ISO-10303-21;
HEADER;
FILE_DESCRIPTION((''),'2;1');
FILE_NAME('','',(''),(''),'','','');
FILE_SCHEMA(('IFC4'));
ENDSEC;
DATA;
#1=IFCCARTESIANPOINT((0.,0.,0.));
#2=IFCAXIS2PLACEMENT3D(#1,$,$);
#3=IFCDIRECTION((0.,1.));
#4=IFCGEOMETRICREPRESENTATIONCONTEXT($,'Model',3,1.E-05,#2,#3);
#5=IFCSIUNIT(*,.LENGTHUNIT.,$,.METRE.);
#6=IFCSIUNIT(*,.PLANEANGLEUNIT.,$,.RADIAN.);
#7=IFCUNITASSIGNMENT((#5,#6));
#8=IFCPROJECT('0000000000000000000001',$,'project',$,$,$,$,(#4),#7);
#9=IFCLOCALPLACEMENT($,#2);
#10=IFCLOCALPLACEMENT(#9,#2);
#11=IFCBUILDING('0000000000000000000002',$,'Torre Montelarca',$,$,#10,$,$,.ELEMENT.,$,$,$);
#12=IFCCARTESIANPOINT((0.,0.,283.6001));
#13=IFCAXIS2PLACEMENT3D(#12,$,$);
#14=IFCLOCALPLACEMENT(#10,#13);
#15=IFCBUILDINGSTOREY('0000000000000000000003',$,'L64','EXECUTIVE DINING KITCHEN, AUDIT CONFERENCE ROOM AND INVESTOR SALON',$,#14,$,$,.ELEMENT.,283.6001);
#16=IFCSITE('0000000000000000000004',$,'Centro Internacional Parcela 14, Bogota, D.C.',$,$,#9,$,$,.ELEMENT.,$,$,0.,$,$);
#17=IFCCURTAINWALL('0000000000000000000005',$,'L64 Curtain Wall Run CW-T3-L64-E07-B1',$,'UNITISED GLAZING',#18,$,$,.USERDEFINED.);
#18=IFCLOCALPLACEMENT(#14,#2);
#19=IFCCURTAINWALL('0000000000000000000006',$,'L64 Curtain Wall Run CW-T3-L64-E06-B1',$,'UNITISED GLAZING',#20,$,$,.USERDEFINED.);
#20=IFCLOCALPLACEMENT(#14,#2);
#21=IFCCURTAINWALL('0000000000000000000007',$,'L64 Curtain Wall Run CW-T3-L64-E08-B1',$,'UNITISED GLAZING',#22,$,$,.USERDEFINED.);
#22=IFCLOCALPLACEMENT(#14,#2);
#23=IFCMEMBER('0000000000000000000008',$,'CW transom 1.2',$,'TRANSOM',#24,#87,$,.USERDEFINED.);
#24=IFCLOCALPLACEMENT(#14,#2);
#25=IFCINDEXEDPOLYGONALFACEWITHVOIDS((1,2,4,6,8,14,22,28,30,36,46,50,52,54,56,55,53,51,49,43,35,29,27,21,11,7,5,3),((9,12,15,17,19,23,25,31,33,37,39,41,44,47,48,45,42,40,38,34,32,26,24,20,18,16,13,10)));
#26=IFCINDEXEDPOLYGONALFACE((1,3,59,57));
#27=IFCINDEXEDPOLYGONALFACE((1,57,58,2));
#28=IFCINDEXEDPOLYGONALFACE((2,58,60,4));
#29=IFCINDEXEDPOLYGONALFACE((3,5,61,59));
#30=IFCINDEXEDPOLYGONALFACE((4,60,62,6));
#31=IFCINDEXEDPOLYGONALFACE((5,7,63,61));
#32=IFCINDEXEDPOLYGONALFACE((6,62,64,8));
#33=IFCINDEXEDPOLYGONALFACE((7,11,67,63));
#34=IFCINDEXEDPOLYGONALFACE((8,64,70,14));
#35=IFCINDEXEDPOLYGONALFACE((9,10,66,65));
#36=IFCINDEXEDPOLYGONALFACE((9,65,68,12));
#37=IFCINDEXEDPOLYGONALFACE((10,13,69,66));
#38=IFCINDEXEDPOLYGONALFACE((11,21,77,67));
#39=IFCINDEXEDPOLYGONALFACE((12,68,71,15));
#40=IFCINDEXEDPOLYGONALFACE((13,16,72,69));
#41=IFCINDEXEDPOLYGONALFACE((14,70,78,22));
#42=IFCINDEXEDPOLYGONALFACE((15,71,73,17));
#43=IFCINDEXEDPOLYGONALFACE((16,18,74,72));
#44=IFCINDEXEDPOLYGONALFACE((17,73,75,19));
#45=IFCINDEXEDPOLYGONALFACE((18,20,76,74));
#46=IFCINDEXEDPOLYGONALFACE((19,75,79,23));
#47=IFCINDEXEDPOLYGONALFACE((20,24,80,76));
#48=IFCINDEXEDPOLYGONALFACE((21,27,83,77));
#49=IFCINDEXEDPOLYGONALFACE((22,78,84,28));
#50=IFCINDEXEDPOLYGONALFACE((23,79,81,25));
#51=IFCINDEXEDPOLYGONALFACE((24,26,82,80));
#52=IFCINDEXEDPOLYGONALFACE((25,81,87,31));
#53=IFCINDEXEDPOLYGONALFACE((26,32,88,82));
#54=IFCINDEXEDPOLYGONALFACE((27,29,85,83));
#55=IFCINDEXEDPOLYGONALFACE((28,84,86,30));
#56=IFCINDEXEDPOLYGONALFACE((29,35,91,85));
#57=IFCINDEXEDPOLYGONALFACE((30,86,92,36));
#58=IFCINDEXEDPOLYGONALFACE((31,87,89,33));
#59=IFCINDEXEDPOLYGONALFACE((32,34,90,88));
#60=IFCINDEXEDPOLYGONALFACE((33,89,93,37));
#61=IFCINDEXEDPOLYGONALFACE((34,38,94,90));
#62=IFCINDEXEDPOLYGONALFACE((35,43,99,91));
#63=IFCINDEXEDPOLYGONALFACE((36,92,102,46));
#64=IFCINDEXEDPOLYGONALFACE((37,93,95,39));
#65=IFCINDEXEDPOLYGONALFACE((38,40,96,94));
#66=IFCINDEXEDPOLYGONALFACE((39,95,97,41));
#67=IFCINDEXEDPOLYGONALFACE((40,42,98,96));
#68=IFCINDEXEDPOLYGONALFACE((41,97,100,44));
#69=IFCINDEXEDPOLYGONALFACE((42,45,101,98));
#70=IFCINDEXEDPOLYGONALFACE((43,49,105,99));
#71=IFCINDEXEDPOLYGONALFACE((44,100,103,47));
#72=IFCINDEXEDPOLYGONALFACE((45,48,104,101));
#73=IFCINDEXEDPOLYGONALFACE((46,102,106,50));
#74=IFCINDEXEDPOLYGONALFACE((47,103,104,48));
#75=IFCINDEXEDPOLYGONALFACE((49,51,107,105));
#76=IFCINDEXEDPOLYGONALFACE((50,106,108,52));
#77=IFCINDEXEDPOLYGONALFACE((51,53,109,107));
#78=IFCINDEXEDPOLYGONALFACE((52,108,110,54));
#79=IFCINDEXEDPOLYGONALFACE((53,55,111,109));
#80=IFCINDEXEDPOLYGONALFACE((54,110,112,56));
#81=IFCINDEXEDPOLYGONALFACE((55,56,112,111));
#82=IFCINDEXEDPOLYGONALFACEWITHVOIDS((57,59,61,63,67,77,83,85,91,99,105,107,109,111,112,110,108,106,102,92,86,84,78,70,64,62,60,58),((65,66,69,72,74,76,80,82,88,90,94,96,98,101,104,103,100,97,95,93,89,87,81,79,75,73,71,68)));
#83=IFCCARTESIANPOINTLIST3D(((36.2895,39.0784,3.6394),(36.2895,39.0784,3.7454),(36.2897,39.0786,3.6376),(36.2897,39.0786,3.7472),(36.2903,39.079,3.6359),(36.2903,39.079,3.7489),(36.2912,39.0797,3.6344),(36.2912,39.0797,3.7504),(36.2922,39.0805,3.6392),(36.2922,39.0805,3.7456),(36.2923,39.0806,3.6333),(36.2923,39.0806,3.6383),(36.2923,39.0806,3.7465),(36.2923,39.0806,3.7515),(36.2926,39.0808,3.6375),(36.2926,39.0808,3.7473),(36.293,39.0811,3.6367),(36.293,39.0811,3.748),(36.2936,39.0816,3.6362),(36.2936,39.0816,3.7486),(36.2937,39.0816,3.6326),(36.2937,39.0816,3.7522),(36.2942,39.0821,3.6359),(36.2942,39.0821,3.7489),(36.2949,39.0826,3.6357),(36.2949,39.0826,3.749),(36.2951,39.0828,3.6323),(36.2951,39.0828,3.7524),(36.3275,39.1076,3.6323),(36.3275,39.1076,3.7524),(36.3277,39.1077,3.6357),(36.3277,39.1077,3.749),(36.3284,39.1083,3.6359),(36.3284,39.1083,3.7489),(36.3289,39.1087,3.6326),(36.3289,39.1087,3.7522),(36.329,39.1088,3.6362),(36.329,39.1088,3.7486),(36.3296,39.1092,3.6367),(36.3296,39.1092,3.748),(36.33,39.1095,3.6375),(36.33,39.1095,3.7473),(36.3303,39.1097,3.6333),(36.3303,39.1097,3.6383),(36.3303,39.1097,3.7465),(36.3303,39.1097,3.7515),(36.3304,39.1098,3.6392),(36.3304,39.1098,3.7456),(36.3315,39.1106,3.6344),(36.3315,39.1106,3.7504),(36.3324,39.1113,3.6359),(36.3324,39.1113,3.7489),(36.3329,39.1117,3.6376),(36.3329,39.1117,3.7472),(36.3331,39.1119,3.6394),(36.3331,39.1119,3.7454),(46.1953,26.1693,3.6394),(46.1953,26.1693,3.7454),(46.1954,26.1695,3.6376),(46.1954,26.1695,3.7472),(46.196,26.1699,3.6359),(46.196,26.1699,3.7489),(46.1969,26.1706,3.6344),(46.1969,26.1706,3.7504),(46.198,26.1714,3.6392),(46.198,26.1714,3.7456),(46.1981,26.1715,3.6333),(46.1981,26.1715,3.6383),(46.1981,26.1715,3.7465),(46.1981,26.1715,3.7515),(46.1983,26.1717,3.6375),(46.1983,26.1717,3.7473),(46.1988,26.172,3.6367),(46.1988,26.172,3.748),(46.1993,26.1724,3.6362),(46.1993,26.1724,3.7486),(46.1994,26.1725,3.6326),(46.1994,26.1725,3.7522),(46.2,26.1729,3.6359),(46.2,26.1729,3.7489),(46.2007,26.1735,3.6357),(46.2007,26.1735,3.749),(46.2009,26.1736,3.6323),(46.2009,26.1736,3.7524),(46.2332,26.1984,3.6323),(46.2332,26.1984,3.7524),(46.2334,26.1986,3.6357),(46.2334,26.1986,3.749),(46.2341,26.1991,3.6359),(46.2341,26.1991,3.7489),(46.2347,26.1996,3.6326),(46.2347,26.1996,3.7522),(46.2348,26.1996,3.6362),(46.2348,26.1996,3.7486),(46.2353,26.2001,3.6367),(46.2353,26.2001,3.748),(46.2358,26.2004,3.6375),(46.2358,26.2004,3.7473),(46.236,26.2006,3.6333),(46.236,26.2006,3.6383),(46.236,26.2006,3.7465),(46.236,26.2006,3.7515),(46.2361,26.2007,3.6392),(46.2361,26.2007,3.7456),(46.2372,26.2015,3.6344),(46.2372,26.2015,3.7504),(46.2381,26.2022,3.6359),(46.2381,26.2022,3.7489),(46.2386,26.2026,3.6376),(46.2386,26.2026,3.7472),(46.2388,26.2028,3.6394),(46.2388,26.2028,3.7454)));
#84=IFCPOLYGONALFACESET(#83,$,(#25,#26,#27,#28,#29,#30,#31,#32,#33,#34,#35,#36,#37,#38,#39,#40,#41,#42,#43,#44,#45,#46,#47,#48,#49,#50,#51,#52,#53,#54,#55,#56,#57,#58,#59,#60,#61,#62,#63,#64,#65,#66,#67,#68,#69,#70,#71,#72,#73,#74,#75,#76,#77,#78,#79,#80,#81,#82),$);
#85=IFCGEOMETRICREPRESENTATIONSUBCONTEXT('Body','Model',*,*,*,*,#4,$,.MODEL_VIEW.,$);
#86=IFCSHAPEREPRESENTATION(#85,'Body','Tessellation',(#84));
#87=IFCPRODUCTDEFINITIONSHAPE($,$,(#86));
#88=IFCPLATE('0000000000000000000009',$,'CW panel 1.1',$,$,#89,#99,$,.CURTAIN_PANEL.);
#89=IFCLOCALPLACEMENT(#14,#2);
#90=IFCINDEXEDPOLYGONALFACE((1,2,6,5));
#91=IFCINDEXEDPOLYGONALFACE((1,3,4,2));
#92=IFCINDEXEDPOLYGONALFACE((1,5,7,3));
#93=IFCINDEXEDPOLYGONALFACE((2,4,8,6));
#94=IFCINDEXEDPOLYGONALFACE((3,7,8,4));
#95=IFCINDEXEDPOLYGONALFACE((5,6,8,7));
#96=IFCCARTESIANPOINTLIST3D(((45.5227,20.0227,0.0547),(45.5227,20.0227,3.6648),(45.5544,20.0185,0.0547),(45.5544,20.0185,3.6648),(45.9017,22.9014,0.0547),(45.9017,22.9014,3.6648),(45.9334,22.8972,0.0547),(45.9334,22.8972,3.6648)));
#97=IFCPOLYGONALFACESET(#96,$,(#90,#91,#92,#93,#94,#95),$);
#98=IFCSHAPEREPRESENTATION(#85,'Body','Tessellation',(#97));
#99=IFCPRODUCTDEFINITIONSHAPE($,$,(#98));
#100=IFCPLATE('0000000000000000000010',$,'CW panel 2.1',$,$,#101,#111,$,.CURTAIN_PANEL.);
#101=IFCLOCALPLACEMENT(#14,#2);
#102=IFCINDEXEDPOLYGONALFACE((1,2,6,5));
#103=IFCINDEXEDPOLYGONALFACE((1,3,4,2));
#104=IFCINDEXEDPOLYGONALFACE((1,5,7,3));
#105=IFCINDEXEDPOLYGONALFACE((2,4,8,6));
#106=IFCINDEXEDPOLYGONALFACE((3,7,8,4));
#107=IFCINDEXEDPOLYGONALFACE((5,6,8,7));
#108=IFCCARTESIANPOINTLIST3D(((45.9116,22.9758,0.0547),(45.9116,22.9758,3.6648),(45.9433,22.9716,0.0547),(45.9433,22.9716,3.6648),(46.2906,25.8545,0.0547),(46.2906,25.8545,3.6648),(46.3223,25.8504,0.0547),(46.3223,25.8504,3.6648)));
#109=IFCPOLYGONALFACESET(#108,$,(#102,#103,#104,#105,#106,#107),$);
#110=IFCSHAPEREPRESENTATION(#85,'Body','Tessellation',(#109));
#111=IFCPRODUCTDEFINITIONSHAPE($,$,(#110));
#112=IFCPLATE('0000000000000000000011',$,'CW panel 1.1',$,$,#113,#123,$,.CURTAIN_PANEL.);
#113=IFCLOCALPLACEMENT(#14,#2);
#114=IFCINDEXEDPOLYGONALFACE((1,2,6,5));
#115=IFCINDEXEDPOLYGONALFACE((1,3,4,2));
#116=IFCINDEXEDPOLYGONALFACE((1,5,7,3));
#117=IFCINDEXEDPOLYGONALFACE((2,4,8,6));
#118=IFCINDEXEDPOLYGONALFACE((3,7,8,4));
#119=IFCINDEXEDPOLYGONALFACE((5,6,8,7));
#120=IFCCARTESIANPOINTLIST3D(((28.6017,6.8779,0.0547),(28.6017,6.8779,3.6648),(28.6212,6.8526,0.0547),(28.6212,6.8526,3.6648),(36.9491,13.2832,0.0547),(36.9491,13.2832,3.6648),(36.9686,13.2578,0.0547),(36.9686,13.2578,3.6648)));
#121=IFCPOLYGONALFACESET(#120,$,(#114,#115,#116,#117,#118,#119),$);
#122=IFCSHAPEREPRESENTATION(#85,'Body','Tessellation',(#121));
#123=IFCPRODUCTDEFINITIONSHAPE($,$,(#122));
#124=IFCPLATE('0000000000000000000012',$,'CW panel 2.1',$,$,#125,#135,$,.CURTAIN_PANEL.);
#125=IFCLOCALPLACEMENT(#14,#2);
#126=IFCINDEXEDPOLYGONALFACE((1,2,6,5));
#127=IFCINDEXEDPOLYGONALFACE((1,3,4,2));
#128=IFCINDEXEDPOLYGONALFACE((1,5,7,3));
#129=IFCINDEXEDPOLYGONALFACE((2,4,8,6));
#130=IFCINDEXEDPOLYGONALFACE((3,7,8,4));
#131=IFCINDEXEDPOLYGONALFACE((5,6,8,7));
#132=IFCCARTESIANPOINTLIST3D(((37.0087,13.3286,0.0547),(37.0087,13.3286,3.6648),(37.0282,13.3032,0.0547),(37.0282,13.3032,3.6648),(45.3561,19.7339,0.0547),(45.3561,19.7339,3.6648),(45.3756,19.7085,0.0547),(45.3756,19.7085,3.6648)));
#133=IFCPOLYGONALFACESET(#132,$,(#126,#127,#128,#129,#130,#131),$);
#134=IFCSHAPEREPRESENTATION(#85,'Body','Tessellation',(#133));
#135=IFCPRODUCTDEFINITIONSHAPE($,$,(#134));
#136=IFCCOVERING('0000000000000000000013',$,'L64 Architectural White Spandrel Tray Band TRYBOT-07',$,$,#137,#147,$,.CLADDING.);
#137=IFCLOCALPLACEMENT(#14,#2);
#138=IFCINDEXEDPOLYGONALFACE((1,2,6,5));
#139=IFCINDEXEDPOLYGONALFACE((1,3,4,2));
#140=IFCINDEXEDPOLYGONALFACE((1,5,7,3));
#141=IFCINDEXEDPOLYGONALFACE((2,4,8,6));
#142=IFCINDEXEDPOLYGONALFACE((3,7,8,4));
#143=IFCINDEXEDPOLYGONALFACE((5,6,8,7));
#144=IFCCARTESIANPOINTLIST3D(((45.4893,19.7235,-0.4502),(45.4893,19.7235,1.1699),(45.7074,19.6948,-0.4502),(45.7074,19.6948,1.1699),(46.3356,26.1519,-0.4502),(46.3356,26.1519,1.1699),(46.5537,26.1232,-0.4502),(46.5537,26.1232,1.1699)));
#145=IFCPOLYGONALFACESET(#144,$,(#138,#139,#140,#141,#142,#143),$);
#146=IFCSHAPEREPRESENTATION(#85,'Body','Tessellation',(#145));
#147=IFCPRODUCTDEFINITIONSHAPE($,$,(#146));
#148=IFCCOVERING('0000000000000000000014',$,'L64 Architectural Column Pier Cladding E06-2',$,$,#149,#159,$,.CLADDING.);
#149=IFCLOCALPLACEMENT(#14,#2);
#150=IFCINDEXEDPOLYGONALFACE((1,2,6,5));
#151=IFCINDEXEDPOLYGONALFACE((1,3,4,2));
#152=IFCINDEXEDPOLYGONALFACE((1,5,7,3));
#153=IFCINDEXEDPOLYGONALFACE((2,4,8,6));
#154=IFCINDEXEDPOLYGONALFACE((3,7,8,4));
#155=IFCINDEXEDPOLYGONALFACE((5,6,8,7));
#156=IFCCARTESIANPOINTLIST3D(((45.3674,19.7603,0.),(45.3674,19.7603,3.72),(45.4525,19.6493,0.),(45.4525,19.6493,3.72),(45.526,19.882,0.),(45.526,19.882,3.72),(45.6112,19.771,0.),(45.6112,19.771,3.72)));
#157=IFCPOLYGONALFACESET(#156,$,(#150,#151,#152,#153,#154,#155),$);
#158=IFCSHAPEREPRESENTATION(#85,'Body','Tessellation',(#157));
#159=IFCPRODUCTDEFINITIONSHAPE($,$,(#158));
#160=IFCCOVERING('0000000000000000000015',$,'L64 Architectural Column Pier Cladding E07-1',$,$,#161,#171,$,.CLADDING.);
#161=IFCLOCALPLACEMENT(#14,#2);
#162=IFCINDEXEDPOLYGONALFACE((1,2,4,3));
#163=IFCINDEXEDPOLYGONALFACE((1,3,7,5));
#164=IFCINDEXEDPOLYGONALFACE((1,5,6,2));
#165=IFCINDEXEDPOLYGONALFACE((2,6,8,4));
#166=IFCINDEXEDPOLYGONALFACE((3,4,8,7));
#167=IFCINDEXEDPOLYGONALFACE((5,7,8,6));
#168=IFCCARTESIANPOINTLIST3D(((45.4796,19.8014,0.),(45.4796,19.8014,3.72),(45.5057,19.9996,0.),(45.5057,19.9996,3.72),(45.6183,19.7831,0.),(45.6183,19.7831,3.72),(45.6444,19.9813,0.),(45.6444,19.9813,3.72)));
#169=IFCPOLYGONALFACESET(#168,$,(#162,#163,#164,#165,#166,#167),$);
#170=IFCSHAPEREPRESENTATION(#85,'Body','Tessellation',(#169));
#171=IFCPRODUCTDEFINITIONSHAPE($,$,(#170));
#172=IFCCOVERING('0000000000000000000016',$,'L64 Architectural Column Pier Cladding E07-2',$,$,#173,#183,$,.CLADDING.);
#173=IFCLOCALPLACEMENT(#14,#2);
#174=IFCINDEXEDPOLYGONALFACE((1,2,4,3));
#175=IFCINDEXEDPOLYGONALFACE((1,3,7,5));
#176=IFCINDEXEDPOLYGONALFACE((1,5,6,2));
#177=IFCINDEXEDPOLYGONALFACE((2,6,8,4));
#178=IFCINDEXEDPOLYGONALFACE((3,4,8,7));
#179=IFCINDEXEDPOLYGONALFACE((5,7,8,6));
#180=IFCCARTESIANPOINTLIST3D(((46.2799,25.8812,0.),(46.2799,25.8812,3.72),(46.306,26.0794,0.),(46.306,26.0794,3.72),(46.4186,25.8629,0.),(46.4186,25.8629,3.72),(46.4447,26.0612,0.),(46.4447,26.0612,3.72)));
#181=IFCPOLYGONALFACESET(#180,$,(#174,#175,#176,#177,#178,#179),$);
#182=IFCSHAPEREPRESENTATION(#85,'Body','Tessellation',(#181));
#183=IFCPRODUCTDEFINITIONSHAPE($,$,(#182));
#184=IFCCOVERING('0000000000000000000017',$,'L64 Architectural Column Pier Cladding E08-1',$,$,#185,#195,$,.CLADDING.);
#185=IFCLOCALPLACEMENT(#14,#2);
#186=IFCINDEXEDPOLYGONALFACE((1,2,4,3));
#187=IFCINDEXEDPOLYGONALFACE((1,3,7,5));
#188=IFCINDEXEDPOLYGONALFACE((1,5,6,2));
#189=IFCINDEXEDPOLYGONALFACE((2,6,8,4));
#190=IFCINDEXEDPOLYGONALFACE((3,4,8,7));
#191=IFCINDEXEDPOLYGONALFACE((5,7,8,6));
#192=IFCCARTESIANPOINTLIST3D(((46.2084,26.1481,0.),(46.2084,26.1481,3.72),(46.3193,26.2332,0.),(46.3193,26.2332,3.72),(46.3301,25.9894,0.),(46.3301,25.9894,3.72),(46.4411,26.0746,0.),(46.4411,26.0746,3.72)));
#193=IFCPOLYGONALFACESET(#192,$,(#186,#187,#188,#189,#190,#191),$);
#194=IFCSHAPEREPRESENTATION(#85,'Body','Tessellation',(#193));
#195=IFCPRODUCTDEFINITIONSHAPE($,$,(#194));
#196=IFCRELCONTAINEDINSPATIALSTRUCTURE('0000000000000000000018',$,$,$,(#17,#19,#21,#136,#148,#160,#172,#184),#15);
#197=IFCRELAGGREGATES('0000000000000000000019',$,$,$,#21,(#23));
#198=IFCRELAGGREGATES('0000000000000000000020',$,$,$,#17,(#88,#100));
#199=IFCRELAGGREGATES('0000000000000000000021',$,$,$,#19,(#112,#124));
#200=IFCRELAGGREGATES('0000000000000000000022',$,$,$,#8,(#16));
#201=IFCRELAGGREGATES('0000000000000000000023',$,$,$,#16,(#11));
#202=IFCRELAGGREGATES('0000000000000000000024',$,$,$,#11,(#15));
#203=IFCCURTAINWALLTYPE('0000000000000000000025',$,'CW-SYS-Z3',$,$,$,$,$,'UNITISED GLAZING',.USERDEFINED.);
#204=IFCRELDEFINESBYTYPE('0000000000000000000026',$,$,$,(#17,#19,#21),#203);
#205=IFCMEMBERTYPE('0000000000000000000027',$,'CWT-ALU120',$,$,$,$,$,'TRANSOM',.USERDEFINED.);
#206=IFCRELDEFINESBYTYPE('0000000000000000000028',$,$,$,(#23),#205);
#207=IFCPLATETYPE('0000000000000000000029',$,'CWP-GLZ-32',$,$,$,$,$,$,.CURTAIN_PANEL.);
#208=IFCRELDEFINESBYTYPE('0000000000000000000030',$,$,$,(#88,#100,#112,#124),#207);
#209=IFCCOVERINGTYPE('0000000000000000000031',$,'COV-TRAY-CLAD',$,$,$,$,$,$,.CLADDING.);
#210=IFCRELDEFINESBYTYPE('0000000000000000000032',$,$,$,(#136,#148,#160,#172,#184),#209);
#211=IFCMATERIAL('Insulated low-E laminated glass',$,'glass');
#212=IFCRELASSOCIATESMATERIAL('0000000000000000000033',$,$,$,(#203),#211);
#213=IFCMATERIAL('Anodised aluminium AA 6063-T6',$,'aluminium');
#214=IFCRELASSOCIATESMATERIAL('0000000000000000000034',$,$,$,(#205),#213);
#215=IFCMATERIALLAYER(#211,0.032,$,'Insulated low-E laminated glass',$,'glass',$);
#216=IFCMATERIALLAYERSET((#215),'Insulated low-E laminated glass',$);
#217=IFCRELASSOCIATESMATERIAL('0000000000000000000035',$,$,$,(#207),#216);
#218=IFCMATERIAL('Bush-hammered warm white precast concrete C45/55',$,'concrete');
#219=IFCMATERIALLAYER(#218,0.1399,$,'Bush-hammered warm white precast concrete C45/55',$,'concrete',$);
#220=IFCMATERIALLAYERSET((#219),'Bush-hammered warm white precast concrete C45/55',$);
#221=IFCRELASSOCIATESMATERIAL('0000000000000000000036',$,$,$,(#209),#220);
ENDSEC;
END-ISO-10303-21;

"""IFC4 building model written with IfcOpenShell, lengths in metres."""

from ifc_helpers import new_model, si_unit, direction, frame, origin, origin_2d, place, context, subcontext, project, spatial, rectangle, hollow_rectangle, extrude, source, transform, mapped, material, layer, layer_set, material_profile, profile_set, type_object, element, aggregate, save


model = new_model("IFC4")

# Units and contexts
model_context = context("Model", 3, precision=1e-05, world=origin(), true_north=direction((0.0, 1.0)))
body_context = subcontext(model_context, "Body", "Model", "MODEL_VIEW")
ifc_project = project(units=[si_unit("LENGTHUNIT", "METRE"), si_unit("PLANEANGLEUNIT", "RADIAN")], contexts=[model_context])

# Site, building, storey
site_placement = place(None, origin())
site = spatial("IfcSite", under=ifc_project, at=site_placement, Name="Centro Internacional Parcela 14, Bogota, D.C.", CompositionType="ELEMENT", RefElevation=0.0)
building_placement = place(site_placement, origin())
building = spatial("IfcBuilding", under=site, at=building_placement, Name="Torre Montelarca", CompositionType="ELEMENT")
storey_placement = place(building_placement, frame((0.0, 0.0, 283.6001)))
storey = spatial("IfcBuildingStorey", under=building, at=storey_placement, Name="L64", Description="EXECUTIVE DINING KITCHEN, AUDIT CONFERENCE ROOM AND INVESTOR SALON", CompositionType="ELEMENT", Elevation=283.6001)

# Curtain walls
ifc_material_1 = material(Name="Insulated low-E laminated glass", Category="glass")
curtain_wall_type = type_object("IfcCurtainWallType", Name="CW-SYS-Z3", ElementType="UNITISED GLAZING", PredefinedType="USERDEFINED", material=ifc_material_1)
curtain_wall_1_placement = place(storey_placement, origin())
curtain_wall_1 = element("IfcCurtainWall", 1, at=curtain_wall_1_placement, inside=storey, type_object=curtain_wall_type, Name="L64 Curtain Wall Run CW-T3-L64-E07-B1", ObjectType="UNITISED GLAZING", PredefinedType="USERDEFINED")
ifc_material_2 = material(Name="Anodised aluminium AA 6063-T6", Category="aluminium")
ifc_material_profile_1 = material_profile(ifc_material_2, hollow_rectangle(XDim=0.0549, YDim=0.1201, WallThickness=0.0034, InnerFilletRadius=0.0034, OuterFilletRadius=0.0071, at=origin_2d()), Name="ALU55X120X3.5", Category="aluminium")
ifc_profile_set_1 = profile_set([ifc_material_profile_1], Name="Anodised aluminium AA 6063-T6")
member_type_1 = type_object("IfcMemberType", Name="CWT-ALU120", ElementType="TRANSOM", PredefinedType="USERDEFINED", material=ifc_profile_set_1)
curtain_wall_2_placement = place(storey_placement, origin())
curtain_wall_2 = element("IfcCurtainWall", 2, at=curtain_wall_2_placement, inside=storey, type_object=curtain_wall_type, Name="L64 Curtain Wall Run CW-T3-L64-E06-B1", ObjectType="UNITISED GLAZING", PredefinedType="USERDEFINED")

# Curtain wall
curtain_wall_3_placement = place(storey_placement, origin())
curtain_wall_3 = element("IfcCurtainWall", 3, at=curtain_wall_3_placement, inside=storey, type_object=curtain_wall_type, Name="L64 Curtain Wall Run CW-T3-L64-E08-B1", ObjectType="UNITISED GLAZING", PredefinedType="USERDEFINED")

# Member
shared_shape_1 = source(origin(), body_context, "Body", "SweptSolid", [
    extrude(hollow_rectangle(XDim=0.0549, YDim=0.1201, WallThickness=0.0034, InnerFilletRadius=0.0034, OuterFilletRadius=0.0071, at=origin_2d()), origin(), (0.0, 0.0, 1.0), 16.2717),
])
member_1_placement = place(storey_placement, frame((46.217, 26.186, 3.6924), z_axis=(-0.608769, 0.793347, 0.0), x_axis=(-0.793347, -0.608769, 0.0)))
member_1 = element("IfcMember", 4, at=member_1_placement, type_object=member_type_1, Name="CW transom 1.2", ObjectType="TRANSOM", PredefinedType="USERDEFINED", context=body_context, shape_type="MappedRepresentation", body=[
    mapped(shared_shape_1, transform((0.0, 0.0, 0.0), scale=1.0)),
])
aggregate(curtain_wall_3, [member_1])

# Plates
ifc_layer_1 = layer(ifc_material_1, 0.032, Name="Insulated low-E laminated glass", Category="glass")
ifc_layer_set_1 = layer_set([ifc_layer_1], Name="Insulated low-E laminated glass")
plate_type = type_object("IfcPlateType", Name="CWP-GLZ-32", PredefinedType="CURTAIN_PANEL", material=ifc_layer_set_1)
shared_shape_2 = source(origin(), body_context, "Body", "SweptSolid", [
    extrude(rectangle(XDim=2.9036, YDim=0.032, at=origin_2d()), origin(), (0.0, 0.0, 1.0), 3.6101),
])
plate_1_placement = place(storey_placement, frame((45.728, 21.46, 0.0547), z_axis=(0.0, 0.0, 1.0), x_axis=(0.130514, 0.991446, 0.0)))
plate_1 = element("IfcPlate", 5, at=plate_1_placement, type_object=plate_type, Name="CW panel 1.1", PredefinedType="CURTAIN_PANEL", context=body_context, shape_type="MappedRepresentation", body=[
    mapped(shared_shape_2, transform((0.0, 0.0, 0.0), scale=1.0)),
])
plate_2_placement = place(storey_placement, frame((46.1169, 24.4131, 0.0547), z_axis=(0.0, 0.0, 1.0), x_axis=(0.130514, 0.991446, 0.0)))
plate_2 = element("IfcPlate", 6, at=plate_2_placement, type_object=plate_type, Name="CW panel 2.1", PredefinedType="CURTAIN_PANEL", context=body_context, shape_type="MappedRepresentation", body=[
    mapped(shared_shape_2, transform((0.0, 0.0, 0.0), scale=1.0)),
])
aggregate(curtain_wall_1, [plate_1, plate_2])
shared_shape_3 = source(origin(), body_context, "Body", "SweptSolid", [
    extrude(rectangle(XDim=10.5217, YDim=0.032, at=origin_2d()), origin(), (0.0, 0.0, 1.0), 3.6101),
])
plate_3_placement = place(storey_placement, frame((32.7852, 10.0679, 0.0547), z_axis=(0.0, 0.0, 1.0), x_axis=(0.793352, 0.608763, 0.0)))
plate_3 = element("IfcPlate", 7, at=plate_3_placement, type_object=plate_type, Name="CW panel 1.1", PredefinedType="CURTAIN_PANEL", context=body_context, shape_type="MappedRepresentation", body=[
    mapped(shared_shape_3, transform((0.0, 0.0, 0.0), scale=1.0)),
])
plate_4_placement = place(storey_placement, frame((41.1921, 16.5186, 0.0547), z_axis=(0.0, 0.0, 1.0), x_axis=(0.793352, 0.608763, 0.0)))
plate_4 = element("IfcPlate", 8, at=plate_4_placement, type_object=plate_type, Name="CW panel 2.1", PredefinedType="CURTAIN_PANEL", context=body_context, shape_type="MappedRepresentation", body=[
    mapped(shared_shape_3, transform((0.0, 0.0, 0.0), scale=1.0)),
])
aggregate(curtain_wall_2, [plate_3, plate_4])

# Coverings
ifc_material_3 = material(Name="Bush-hammered warm white precast concrete C45/55", Category="concrete")
ifc_layer_2 = layer(ifc_material_3, 0.1399, Name="Bush-hammered warm white precast concrete C45/55", Category="concrete")
ifc_layer_set_2 = layer_set([ifc_layer_2], Name="Bush-hammered warm white precast concrete C45/55")
covering_type = type_object("IfcCoveringType", Name="COV-TRAY-CLAD", PredefinedType="CLADDING", material=ifc_layer_set_2)
shared_shape_4 = source(origin(), body_context, "Body", "SweptSolid", [
    extrude(rectangle(XDim=6.4839, YDim=0.22, at=origin_2d()), origin(), (0.0, 0.0, 1.0), 1.6201),
])
covering_1_placement = place(storey_placement, frame((46.0215, 22.9233, -0.4502), z_axis=(0.0, 0.0, 1.0), x_axis=(0.130531, 0.991444, 0.0)))
element("IfcCovering", 9, at=covering_1_placement, inside=storey, type_object=covering_type, Name="L64 Architectural White Spandrel Tray Band TRYBOT-07", PredefinedType="CLADDING", context=body_context, shape_type="MappedRepresentation", body=[
    mapped(shared_shape_4, transform((0.0, 0.0, 0.0), scale=1.0)),
])
shared_shape_5 = source(origin(), body_context, "Body", "SweptSolid", [
    extrude(rectangle(XDim=0.2, YDim=0.1399, at=origin_2d()), origin(), (0.0, 0.0, 1.0), 3.72),
])
for number, where, z_axis, x_axis, name in (
    (10, (45.4893, 19.7656, 0.0), (0.0, 0.0, 1.0), (0.79335, 0.608766, 0.0), "L64 Architectural Column Pier Cladding E06-2"),
    (11, (45.562, 19.8914, 0.0), (0.0, 0.0, 1.0), (0.130531, 0.991444, 0.0), "L64 Architectural Column Pier Cladding E07-1"),
    (12, (46.3623, 25.9712, 0.0), (0.0, 0.0, 1.0), (0.130531, 0.991444, 0.0), "L64 Architectural Column Pier Cladding E07-2"),
    (13, (46.3247, 26.1113, 0.0), (0.0, 0.0, 1.0), (-0.608763, 0.793352, 0.0), "L64 Architectural Column Pier Cladding E08-1"),
):
    element("IfcCovering", number, at=place(storey_placement, frame(where, z_axis=z_axis, x_axis=x_axis)), inside=storey, type_object=covering_type, Name=name, PredefinedType="CLADDING", context=body_context, shape_type="MappedRepresentation", body=[
        mapped(shared_shape_5, transform((0.0, 0.0, 0.0), scale=1.0)),
    ])

save(model, "model.ifc")
